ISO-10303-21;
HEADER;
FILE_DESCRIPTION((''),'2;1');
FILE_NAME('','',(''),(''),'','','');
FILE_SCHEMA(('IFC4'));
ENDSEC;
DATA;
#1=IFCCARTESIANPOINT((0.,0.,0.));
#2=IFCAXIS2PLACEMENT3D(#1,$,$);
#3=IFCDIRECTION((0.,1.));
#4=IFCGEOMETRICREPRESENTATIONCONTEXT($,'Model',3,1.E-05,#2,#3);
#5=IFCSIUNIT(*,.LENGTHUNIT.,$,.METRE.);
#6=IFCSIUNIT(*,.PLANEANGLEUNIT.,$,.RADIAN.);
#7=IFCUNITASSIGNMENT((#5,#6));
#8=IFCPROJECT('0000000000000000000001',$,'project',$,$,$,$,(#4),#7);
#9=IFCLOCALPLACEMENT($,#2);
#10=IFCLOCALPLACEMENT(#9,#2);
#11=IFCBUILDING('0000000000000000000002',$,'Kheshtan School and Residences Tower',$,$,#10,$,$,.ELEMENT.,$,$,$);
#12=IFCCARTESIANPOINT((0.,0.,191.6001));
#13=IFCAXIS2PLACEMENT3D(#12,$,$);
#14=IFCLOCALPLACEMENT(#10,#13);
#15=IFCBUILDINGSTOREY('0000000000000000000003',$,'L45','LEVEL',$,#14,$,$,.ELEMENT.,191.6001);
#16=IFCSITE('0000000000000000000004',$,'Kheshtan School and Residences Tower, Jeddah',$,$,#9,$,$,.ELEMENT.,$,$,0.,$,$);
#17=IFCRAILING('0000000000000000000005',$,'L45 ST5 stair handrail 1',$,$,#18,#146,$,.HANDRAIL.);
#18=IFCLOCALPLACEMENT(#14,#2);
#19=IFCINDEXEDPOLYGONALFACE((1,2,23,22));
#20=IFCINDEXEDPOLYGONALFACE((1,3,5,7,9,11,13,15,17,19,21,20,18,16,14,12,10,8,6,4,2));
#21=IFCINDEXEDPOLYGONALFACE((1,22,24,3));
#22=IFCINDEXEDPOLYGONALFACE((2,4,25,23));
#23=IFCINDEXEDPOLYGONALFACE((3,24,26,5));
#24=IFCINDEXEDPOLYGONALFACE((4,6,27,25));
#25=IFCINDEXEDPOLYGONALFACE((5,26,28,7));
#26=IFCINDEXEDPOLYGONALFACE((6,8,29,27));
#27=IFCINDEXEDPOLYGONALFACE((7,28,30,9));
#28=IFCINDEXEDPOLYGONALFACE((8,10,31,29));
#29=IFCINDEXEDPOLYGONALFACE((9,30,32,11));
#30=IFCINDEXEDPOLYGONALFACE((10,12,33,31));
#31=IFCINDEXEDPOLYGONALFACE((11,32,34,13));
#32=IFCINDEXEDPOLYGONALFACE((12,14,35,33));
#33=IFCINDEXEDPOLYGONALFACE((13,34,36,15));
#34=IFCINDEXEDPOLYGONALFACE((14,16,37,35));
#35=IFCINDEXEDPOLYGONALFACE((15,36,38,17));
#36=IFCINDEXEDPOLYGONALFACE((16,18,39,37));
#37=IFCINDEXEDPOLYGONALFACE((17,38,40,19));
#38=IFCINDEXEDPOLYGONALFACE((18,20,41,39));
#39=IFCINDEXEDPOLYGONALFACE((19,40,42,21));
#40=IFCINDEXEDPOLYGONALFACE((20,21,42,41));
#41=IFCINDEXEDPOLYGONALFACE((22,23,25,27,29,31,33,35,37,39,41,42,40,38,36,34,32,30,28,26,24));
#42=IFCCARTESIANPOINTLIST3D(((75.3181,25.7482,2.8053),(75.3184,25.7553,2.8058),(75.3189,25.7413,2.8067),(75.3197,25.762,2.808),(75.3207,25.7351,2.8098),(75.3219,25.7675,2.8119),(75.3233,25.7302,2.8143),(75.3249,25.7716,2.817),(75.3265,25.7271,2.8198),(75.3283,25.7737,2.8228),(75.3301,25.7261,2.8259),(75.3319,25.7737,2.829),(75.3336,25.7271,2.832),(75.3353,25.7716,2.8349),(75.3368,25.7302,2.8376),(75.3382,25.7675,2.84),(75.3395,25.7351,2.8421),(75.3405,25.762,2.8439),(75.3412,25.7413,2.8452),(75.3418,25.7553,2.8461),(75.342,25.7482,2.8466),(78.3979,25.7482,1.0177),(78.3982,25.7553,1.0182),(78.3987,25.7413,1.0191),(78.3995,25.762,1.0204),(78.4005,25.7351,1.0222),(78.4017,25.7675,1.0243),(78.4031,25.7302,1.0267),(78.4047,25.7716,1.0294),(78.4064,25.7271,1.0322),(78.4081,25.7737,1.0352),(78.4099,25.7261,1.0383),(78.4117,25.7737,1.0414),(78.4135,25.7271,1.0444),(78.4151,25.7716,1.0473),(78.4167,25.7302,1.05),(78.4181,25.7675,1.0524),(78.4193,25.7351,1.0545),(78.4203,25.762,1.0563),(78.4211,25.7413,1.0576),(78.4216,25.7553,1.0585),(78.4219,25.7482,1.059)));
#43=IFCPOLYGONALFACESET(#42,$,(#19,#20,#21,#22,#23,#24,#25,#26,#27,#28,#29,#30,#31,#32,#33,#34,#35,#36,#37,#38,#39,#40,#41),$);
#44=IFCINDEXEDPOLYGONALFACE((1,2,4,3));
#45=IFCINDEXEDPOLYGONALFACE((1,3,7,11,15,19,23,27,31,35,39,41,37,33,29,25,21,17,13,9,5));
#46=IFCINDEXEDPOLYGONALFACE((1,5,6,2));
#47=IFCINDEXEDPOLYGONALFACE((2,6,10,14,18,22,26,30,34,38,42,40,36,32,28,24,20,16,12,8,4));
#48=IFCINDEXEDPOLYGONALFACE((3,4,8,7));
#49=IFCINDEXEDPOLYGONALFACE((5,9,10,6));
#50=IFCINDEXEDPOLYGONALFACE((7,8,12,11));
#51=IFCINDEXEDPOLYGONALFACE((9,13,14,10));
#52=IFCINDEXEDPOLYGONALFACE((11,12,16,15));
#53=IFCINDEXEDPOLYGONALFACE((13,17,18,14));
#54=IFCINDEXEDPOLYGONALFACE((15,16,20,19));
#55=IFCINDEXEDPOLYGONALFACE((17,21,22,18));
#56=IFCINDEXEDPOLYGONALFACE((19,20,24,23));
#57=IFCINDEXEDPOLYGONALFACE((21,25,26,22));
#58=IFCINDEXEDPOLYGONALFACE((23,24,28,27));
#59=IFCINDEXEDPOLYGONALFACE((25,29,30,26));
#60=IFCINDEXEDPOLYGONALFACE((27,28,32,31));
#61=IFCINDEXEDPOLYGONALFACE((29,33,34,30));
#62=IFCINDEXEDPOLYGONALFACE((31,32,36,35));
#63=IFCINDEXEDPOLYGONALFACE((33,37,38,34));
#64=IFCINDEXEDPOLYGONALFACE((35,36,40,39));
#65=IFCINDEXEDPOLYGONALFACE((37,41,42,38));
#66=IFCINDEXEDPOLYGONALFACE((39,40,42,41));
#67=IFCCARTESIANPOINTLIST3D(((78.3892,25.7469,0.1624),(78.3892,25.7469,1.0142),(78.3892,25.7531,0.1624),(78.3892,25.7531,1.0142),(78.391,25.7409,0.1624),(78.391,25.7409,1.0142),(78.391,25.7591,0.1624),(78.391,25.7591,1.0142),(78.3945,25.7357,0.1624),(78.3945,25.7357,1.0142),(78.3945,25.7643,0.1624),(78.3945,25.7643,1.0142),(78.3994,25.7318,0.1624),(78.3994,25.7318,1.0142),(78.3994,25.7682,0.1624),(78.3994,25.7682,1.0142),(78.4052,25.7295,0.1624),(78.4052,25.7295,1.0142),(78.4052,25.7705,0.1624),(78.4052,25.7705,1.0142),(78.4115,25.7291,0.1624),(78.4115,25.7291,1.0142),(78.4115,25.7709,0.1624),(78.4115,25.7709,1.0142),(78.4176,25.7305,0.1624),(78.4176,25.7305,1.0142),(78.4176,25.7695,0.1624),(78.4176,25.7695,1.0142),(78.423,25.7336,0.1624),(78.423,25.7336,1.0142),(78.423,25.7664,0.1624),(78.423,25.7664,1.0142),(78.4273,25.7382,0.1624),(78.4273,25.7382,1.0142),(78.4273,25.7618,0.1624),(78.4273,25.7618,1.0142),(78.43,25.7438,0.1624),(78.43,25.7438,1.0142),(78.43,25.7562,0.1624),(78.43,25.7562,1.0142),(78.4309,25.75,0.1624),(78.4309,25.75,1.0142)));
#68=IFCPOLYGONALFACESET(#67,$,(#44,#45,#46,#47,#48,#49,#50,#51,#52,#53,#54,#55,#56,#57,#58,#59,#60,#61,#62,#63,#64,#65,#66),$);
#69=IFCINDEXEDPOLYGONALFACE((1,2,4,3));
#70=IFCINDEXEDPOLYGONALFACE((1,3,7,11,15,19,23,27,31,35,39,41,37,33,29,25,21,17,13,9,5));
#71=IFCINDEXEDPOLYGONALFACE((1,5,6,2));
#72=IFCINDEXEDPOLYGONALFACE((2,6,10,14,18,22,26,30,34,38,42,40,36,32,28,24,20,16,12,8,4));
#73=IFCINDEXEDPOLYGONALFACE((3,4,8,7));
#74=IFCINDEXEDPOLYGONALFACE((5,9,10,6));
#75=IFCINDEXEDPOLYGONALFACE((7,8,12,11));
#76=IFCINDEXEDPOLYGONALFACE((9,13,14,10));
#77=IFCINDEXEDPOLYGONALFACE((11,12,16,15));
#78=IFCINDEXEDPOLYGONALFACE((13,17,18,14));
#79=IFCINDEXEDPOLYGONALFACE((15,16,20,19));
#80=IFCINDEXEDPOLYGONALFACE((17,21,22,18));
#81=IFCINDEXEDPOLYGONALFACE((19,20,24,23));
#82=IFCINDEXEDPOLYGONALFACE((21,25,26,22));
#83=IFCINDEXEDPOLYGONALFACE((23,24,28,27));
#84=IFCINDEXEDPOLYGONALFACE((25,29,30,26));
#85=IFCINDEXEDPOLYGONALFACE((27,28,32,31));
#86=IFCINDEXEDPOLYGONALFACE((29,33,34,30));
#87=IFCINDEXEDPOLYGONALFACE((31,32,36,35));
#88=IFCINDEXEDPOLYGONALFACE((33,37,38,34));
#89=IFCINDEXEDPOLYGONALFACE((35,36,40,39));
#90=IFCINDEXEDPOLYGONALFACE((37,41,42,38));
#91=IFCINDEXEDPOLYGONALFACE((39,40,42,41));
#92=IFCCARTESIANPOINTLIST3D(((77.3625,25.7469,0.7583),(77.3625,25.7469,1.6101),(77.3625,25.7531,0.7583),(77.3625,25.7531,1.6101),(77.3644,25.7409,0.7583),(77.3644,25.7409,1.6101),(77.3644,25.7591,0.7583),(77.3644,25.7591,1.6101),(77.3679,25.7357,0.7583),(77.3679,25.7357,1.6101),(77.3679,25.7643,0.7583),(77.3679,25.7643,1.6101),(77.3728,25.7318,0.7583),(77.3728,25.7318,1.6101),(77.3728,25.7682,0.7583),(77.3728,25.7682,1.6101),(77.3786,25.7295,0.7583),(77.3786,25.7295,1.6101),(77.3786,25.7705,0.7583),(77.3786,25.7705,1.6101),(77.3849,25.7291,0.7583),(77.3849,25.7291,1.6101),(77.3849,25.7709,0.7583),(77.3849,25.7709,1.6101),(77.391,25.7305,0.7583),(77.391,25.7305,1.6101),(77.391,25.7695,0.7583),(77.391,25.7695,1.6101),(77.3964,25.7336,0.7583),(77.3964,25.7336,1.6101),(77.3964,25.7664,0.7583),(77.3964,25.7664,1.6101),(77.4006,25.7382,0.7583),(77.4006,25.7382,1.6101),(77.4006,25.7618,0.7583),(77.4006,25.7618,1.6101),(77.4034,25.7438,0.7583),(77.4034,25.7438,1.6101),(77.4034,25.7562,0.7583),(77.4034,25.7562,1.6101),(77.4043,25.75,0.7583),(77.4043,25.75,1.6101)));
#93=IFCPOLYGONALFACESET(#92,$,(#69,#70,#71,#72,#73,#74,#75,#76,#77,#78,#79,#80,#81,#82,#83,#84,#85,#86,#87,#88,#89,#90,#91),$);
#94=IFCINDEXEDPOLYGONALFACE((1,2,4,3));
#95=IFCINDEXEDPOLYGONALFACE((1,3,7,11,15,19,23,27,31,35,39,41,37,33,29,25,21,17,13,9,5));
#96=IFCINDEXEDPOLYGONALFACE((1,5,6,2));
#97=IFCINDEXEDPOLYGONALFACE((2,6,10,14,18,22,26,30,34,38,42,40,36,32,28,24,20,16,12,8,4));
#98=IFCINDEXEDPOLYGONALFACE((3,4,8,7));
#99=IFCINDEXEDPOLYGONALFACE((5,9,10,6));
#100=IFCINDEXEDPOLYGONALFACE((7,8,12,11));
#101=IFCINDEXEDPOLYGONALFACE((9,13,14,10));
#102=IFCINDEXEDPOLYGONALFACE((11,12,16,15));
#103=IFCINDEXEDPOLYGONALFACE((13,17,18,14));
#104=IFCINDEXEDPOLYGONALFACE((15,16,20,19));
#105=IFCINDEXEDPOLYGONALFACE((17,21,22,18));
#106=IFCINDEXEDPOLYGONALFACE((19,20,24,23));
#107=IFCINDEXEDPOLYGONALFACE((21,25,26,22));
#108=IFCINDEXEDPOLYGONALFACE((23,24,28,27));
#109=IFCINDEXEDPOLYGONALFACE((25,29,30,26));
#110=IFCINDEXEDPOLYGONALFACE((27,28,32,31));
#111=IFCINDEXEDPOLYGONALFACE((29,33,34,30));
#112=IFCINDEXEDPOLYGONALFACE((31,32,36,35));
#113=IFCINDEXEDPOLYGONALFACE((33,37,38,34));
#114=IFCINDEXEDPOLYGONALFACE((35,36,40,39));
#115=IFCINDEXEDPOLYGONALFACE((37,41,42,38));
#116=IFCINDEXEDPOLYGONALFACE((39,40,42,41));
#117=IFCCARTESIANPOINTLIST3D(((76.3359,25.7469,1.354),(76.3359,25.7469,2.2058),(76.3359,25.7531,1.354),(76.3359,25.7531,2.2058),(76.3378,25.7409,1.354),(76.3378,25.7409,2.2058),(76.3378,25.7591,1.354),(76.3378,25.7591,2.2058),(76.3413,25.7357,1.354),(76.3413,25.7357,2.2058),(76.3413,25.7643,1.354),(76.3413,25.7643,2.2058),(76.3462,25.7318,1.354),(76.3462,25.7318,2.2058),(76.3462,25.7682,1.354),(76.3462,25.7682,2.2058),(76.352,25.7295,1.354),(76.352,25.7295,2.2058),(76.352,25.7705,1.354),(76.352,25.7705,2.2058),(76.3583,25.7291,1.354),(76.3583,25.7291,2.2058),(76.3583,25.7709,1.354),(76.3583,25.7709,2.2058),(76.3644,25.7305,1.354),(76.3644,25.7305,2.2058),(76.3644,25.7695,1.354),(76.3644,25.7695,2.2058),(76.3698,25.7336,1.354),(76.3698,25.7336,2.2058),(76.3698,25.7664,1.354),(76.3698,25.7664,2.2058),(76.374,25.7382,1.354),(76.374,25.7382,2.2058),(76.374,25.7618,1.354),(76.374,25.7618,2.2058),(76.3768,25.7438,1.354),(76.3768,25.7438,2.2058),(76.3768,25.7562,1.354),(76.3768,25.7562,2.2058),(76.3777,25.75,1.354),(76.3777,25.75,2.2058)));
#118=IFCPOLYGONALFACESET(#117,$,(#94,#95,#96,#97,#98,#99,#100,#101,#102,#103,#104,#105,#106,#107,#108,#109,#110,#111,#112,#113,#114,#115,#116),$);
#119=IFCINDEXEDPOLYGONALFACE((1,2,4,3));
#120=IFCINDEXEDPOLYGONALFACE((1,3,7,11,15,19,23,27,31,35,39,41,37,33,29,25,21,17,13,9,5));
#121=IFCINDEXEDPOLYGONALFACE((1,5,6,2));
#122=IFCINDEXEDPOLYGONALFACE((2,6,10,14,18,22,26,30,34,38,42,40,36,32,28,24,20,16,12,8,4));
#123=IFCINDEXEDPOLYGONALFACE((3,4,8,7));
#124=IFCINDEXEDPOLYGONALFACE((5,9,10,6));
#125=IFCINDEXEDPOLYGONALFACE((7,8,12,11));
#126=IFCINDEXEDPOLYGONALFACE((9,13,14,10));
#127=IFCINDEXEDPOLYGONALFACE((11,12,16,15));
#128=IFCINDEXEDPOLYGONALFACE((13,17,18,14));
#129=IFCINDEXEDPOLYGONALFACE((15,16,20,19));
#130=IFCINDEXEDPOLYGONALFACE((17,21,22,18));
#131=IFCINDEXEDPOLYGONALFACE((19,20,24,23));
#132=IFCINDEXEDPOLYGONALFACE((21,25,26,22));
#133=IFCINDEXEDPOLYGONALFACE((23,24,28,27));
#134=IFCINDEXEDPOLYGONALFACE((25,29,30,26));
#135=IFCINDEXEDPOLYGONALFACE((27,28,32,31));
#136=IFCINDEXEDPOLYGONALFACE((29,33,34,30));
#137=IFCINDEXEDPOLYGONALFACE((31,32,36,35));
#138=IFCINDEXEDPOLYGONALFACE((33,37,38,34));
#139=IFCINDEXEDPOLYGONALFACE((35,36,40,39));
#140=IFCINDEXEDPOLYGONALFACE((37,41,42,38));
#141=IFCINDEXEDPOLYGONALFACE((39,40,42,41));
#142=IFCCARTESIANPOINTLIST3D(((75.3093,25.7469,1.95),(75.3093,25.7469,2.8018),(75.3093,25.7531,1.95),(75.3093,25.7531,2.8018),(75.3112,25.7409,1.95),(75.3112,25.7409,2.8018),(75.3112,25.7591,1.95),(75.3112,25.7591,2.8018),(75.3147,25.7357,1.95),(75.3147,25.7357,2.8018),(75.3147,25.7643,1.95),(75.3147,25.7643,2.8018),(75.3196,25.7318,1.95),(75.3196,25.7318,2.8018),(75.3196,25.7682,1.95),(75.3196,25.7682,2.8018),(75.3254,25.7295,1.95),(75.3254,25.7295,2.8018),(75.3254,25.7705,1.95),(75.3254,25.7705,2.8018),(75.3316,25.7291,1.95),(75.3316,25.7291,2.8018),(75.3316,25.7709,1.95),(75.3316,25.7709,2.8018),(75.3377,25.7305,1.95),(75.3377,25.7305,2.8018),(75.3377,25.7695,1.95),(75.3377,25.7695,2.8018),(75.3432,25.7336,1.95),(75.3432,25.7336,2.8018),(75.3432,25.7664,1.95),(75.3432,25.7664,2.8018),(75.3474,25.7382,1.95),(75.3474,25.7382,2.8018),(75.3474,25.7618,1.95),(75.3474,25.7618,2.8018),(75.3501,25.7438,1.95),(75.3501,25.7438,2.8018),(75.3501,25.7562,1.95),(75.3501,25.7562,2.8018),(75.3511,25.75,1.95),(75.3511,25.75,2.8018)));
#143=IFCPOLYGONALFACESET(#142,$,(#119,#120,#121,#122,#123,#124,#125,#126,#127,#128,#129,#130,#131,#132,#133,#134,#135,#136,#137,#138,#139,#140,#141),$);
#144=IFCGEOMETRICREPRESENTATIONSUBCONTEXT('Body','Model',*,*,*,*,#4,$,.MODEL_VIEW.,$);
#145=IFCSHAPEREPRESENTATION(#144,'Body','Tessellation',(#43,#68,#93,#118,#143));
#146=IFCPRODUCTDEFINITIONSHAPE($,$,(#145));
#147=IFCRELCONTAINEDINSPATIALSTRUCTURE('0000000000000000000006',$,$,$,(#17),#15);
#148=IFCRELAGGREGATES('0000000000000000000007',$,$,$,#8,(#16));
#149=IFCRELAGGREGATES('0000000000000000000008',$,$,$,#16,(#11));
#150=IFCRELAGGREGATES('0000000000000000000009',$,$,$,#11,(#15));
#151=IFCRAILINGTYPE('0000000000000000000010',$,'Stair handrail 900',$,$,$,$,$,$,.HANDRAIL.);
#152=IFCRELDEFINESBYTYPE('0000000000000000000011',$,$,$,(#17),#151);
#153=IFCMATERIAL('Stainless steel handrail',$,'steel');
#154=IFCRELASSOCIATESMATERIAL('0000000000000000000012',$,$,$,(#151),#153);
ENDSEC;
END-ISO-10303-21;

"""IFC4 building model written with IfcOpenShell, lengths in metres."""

from ifc_helpers import new_model, si_unit, direction, frame, origin, origin_2d, place, context, subcontext, project, spatial, circle, extrude, material, type_object, element, save


model = new_model("IFC4")

# Units and contexts
model_context = context("Model", 3, precision=1e-05, world=origin(), true_north=direction((0.0, 1.0)))
body_context = subcontext(model_context, "Body", "Model", "MODEL_VIEW")
ifc_project = project(units=[si_unit("LENGTHUNIT", "METRE"), si_unit("PLANEANGLEUNIT", "RADIAN")], contexts=[model_context])

# Site, building, storey
site_placement = place(None, origin())
site = spatial("IfcSite", under=ifc_project, at=site_placement, Name="Kheshtan School and Residences Tower, Jeddah", CompositionType="ELEMENT", RefElevation=0.0)
building_placement = place(site_placement, origin())
building = spatial("IfcBuilding", under=site, at=building_placement, Name="Kheshtan School and Residences Tower", CompositionType="ELEMENT")
storey_placement = place(building_placement, frame((0.0, 0.0, 191.6001)))
storey = spatial("IfcBuildingStorey", under=building, at=storey_placement, Name="L45", Description="LEVEL", CompositionType="ELEMENT", Elevation=191.6001)

# Railing
ifc_material_1 = material(Name="Stainless steel handrail", Category="steel")
railing_type_1 = type_object("IfcRailingType", Name="Stair handrail 900", PredefinedType="HANDRAIL", material=ifc_material_1)
railing_1_placement = place(storey_placement, frame((78.4099, 25.75, 0.1624)))
element("IfcRailing", 1, at=railing_1_placement, inside=storey, type_object=railing_type_1, Name="L45 ST5 stair handrail 1", PredefinedType="HANDRAIL", context=body_context, shape_type="SweptSolid", body=[
    extrude(circle(Radius=0.0239, at=origin_2d()), frame((0.0, 0.0, 0.876), z_axis=(-0.864873, 0.0, 0.50199), x_axis=(0.0, -1.0, 0.0)), (0.0, 0.0, 1.0), 3.561),
    extrude(circle(Radius=0.021, at=origin_2d()), origin(), (0.0, 0.0, 1.0), 0.8518),
    extrude(circle(Radius=0.021, at=origin_2d()), frame((-1.0266, 0.0, 0.5959)), (0.0, 0.0, 1.0), 0.8518),
    extrude(circle(Radius=0.021, at=origin_2d()), frame((-2.0532, 0.0, 1.1917)), (0.0, 0.0, 1.0), 0.8518),
    extrude(circle(Radius=0.021, at=origin_2d()), frame((-3.0798, 0.0, 1.7876)), (0.0, 0.0, 1.0), 0.8518),
])

save(model, "model.ifc")
